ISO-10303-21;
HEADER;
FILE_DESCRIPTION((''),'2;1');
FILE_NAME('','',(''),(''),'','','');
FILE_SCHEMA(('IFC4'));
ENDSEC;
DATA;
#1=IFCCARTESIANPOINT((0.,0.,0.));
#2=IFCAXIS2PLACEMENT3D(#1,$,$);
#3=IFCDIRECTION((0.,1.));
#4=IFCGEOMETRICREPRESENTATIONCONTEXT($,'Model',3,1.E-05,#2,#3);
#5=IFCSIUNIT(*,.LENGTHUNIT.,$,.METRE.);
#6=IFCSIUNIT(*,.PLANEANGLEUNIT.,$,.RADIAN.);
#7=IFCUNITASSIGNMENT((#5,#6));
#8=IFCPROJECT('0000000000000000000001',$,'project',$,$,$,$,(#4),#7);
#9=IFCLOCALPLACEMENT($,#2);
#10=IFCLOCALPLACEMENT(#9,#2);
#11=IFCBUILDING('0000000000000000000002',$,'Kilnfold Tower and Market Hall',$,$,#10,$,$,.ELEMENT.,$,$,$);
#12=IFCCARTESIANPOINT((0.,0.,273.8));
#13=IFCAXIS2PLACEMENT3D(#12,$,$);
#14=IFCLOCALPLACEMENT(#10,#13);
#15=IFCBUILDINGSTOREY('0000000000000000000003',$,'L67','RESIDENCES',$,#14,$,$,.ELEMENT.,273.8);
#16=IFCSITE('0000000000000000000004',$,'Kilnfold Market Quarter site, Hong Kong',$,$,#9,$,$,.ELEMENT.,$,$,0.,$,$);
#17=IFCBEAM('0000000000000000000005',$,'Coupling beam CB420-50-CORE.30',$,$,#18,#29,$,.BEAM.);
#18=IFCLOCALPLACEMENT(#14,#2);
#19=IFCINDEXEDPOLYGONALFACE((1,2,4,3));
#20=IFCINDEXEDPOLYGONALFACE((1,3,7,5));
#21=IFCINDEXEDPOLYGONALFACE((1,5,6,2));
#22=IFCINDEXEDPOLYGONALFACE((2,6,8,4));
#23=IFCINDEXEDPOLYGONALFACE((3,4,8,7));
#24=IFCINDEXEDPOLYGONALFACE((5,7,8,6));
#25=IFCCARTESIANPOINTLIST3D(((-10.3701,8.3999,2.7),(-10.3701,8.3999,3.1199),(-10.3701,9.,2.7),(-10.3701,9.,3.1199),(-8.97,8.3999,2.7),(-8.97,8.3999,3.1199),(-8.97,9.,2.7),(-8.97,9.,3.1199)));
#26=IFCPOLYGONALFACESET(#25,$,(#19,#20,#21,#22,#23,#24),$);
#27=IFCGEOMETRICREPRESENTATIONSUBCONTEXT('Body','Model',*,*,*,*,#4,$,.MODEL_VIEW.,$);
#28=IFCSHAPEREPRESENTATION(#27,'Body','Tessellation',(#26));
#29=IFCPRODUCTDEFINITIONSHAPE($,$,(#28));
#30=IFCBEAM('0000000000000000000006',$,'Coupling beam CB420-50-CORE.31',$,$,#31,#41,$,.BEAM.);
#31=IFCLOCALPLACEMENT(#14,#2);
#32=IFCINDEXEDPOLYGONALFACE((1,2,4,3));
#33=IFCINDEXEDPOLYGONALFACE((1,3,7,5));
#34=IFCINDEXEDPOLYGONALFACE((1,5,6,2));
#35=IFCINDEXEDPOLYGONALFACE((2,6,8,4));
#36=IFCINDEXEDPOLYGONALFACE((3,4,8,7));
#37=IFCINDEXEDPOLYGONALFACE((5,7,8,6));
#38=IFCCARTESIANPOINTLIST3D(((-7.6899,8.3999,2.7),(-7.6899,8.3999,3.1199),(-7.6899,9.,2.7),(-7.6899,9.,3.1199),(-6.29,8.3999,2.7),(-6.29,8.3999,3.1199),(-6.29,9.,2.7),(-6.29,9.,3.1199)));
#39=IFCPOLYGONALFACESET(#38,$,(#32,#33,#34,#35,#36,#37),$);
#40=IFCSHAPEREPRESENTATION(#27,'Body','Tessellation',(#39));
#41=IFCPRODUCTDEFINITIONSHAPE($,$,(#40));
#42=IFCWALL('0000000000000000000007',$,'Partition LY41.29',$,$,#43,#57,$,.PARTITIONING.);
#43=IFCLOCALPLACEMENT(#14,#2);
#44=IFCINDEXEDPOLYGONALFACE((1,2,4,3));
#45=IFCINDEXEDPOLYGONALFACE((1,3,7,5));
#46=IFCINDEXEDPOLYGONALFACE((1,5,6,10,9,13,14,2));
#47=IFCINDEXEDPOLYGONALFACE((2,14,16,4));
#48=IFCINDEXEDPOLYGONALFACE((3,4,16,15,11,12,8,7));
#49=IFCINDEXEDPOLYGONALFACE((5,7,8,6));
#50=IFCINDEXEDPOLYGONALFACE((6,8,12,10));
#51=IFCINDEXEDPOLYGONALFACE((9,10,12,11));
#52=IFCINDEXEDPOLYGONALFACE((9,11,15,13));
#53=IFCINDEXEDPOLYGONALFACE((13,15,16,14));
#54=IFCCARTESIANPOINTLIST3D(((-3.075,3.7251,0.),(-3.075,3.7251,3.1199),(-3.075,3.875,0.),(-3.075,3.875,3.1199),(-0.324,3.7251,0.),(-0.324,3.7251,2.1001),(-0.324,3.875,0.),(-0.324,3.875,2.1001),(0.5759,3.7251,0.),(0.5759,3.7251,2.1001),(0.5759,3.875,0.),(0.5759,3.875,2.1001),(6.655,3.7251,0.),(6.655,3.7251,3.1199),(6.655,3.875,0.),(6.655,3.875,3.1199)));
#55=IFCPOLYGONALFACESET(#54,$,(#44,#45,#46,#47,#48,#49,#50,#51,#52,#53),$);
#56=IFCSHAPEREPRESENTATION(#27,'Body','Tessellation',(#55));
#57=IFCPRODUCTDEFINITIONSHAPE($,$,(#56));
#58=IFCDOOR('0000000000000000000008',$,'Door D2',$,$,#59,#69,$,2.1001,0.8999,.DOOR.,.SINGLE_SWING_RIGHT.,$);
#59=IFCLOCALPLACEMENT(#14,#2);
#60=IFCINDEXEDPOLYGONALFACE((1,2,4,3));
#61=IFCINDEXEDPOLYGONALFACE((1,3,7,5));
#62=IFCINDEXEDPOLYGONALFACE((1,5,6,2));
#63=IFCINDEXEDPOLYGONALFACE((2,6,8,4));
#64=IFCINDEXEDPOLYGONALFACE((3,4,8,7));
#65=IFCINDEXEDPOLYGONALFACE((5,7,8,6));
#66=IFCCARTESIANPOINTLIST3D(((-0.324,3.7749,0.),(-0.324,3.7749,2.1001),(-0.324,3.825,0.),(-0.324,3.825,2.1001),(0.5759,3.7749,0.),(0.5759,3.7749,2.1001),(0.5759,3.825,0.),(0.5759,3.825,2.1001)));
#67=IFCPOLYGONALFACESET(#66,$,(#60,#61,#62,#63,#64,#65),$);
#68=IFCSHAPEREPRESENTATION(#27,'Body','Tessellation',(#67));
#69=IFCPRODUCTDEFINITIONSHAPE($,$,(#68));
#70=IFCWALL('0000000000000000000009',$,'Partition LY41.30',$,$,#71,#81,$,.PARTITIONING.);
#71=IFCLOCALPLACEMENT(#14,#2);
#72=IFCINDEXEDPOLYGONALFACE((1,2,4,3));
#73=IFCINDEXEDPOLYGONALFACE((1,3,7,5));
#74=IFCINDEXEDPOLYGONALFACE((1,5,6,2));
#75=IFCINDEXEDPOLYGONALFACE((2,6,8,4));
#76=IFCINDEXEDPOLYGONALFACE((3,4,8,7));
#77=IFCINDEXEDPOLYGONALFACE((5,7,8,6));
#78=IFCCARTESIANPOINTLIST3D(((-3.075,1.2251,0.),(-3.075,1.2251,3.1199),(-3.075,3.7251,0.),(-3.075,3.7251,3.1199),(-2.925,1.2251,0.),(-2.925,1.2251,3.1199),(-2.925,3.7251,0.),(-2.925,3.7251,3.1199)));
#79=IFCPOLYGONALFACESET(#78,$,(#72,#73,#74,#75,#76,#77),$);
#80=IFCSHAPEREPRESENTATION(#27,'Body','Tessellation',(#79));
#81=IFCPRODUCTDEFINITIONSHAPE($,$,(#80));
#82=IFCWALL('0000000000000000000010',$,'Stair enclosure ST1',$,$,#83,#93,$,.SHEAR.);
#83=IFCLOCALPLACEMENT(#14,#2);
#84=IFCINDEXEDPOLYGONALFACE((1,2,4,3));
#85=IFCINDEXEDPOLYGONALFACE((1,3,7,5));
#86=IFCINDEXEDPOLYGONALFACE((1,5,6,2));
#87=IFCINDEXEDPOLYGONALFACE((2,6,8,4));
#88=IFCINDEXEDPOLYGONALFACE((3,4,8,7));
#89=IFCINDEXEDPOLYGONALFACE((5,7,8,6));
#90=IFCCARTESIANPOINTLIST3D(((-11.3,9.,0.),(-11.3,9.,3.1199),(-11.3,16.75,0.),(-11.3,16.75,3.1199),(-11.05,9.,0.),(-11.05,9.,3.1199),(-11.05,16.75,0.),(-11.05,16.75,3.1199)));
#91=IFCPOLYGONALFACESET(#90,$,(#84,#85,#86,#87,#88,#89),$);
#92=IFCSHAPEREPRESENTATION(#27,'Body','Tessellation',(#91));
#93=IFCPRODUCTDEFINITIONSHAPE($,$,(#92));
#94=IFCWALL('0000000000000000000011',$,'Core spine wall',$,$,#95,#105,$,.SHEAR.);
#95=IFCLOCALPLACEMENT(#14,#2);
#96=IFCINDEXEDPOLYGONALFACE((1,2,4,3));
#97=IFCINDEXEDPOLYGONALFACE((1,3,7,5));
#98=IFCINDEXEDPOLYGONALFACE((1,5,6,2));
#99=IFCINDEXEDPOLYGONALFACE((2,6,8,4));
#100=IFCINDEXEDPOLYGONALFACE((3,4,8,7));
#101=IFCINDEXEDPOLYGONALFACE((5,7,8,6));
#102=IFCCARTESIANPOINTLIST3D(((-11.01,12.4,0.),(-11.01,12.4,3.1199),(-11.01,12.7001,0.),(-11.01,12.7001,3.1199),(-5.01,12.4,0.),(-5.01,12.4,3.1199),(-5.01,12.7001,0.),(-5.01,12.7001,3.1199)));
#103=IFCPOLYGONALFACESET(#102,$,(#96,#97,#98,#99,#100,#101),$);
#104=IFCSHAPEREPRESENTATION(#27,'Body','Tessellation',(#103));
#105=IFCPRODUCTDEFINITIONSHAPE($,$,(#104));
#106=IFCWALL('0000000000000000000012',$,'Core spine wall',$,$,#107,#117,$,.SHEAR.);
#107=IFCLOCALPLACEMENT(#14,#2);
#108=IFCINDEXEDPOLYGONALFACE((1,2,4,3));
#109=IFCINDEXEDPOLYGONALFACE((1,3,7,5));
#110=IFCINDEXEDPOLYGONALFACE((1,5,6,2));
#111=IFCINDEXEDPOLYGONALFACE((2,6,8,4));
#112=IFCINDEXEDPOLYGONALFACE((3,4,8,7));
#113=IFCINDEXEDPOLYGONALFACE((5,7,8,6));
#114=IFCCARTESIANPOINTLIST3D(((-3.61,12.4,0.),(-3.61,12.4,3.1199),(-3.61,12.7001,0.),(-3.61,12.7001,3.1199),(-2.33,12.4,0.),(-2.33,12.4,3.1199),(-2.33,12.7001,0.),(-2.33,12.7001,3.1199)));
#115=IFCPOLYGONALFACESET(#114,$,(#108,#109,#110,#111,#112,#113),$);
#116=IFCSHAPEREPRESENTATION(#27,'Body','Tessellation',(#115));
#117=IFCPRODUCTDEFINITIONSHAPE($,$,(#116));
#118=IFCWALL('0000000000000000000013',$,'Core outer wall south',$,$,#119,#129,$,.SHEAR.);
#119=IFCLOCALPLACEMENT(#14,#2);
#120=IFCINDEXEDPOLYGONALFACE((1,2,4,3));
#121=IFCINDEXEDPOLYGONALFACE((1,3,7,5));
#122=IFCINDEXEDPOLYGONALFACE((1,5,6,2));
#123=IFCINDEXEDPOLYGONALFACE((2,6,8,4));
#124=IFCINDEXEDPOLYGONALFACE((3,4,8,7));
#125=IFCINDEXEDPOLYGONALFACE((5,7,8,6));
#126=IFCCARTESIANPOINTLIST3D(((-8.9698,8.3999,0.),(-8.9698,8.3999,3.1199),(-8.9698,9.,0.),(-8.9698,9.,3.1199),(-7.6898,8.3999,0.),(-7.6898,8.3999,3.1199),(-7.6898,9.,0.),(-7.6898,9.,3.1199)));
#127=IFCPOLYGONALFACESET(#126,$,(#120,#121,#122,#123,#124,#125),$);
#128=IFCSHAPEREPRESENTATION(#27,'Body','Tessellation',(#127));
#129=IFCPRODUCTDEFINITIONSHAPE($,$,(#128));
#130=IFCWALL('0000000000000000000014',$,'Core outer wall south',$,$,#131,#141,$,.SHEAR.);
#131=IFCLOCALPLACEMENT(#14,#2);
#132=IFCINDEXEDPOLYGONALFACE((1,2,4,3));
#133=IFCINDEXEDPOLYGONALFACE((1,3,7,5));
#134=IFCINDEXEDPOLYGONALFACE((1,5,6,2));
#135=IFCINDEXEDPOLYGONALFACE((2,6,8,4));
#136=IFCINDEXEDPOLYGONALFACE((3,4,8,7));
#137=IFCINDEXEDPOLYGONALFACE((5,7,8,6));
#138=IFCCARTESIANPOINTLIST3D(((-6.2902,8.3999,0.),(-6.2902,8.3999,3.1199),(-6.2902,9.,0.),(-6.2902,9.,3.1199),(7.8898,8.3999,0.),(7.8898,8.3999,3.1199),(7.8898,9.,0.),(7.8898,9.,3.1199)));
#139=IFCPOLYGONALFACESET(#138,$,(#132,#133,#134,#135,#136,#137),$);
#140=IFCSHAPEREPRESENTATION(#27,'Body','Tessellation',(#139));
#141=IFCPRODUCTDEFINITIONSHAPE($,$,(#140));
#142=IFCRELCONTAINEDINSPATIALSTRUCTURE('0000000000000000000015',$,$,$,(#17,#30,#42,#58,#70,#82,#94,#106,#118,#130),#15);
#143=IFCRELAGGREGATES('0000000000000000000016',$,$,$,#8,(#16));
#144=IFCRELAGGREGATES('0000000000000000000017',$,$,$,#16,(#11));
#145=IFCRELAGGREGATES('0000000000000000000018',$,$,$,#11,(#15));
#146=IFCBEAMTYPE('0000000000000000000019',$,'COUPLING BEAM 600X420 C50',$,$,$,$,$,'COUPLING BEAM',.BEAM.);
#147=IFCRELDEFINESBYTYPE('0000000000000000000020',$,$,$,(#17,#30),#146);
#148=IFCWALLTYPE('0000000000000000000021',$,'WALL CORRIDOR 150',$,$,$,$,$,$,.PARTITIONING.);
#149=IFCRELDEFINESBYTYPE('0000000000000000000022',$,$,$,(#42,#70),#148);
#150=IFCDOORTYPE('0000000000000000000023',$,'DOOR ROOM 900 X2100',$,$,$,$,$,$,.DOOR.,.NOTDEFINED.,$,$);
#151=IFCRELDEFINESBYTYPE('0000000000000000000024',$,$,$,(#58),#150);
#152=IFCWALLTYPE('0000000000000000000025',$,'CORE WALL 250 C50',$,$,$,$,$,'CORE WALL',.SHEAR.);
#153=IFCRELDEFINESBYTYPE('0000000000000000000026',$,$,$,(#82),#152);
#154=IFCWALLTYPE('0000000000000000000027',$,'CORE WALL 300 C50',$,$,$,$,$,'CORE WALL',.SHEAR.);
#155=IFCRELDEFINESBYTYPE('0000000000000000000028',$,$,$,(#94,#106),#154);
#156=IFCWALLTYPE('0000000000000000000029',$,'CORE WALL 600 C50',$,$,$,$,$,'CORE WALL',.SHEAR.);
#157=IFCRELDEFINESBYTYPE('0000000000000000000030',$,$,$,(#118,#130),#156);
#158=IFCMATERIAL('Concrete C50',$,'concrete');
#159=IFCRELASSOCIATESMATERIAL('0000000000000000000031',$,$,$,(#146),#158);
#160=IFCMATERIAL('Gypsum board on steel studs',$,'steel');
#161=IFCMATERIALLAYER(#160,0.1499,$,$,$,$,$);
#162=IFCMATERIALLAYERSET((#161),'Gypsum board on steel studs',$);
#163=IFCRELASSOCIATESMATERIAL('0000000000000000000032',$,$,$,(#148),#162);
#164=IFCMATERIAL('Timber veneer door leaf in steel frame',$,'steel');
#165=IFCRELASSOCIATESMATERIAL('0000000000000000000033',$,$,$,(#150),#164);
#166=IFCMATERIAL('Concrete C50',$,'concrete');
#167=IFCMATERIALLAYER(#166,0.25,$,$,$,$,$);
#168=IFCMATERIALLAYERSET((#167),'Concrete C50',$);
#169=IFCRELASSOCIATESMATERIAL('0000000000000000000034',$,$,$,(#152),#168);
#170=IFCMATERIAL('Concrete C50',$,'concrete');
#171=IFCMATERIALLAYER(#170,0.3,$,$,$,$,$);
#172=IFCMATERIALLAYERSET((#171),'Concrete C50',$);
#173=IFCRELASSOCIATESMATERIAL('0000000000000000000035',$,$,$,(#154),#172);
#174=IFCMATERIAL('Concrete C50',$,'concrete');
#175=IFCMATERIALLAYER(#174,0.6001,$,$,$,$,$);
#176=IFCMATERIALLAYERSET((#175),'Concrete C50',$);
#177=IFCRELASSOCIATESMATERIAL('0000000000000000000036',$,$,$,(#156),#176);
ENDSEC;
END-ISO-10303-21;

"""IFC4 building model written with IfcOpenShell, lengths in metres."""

from ifc_helpers import new_model, si_unit, direction, frame, frame_2d, origin, origin_2d, place, context, subcontext, project, spatial, rectangle, extrude, source, transform, mapped, material, layer, layer_set, material_profile, profile_set, type_object, element, fill, save


model = new_model("IFC4")

# Units and contexts
model_context = context("Model", 3, precision=1e-05, world=origin(), true_north=direction((0.0, 1.0)))
body_context = subcontext(model_context, "Body", "Model", "MODEL_VIEW")
ifc_project = project(units=[si_unit("LENGTHUNIT", "METRE"), si_unit("PLANEANGLEUNIT", "RADIAN")], contexts=[model_context])

# Site, building, storey
site_placement = place(None, origin())
site = spatial("IfcSite", under=ifc_project, at=site_placement, Name="Kilnfold Market Quarter site, Hong Kong", CompositionType="ELEMENT", RefElevation=0.0)
building_placement = place(site_placement, origin())
building = spatial("IfcBuilding", under=site, at=building_placement, Name="Kilnfold Tower and Market Hall", CompositionType="ELEMENT")
storey_placement = place(building_placement, frame((0.0, 0.0, 273.8)))
storey = spatial("IfcBuildingStorey", under=building, at=storey_placement, Name="L67", Description="RESIDENCES", CompositionType="ELEMENT", Elevation=273.8)

# Beams
ifc_material_1 = material(Name="Concrete C50", Category="concrete")
ifc_material_profile = material_profile(ifc_material_1, rectangle(XDim=0.6001, YDim=0.4199, at=origin_2d()), Name="RC 600x420")
ifc_profile_set = profile_set([ifc_material_profile], Name="Concrete C50")
beam_type = type_object("IfcBeamType", Name="COUPLING BEAM 600X420 C50", ElementType="COUPLING BEAM", PredefinedType="BEAM", material=ifc_profile_set)
shared_shape_1 = source(origin(), body_context, "Body", "SweptSolid", [
    extrude(rectangle(XDim=0.6001, YDim=0.4199, at=origin_2d()), origin(), (0.0, 0.0, 1.0), 1.4001),
])
beam_1_placement = place(storey_placement, frame((-10.3701, 8.7, 2.9099), z_axis=(1.0, 0.0, 0.0), x_axis=(0.0, 1.0, 0.0)))
element("IfcBeam", 1, at=beam_1_placement, inside=storey, type_object=beam_type, Name="Coupling beam CB420-50-CORE.30", PredefinedType="BEAM", context=body_context, shape_type="MappedRepresentation", body=[
    mapped(shared_shape_1, transform((0.0, 0.0, 0.0))),
])
shared_shape_2 = source(origin(), body_context, "Body", "SweptSolid", [
    extrude(rectangle(XDim=0.6001, YDim=0.4199, at=origin_2d()), origin(), (0.0, 0.0, 1.0), 1.3999),
])
beam_2_placement = place(storey_placement, frame((-7.6899, 8.7, 2.9099), z_axis=(1.0, 0.0, 0.0), x_axis=(0.0, 1.0, 0.0)))
element("IfcBeam", 2, at=beam_2_placement, inside=storey, type_object=beam_type, Name="Coupling beam CB420-50-CORE.31", PredefinedType="BEAM", context=body_context, shape_type="MappedRepresentation", body=[
    mapped(shared_shape_2, transform((0.0, 0.0, 0.0))),
])

# Wall, opening, door
ifc_material_2 = material(Name="Gypsum board on steel studs", Category="steel")
ifc_layer_1 = layer(ifc_material_2, 0.1499)
ifc_layer_set_1 = layer_set([ifc_layer_1], Name="Gypsum board on steel studs")
wall_type_1 = type_object("IfcWallType", Name="WALL CORRIDOR 150", PredefinedType="PARTITIONING", material=ifc_layer_set_1)
wall_1_placement = place(storey_placement, frame((-3.075, 3.8, 0.0), z_axis=(0.0, 0.0, 1.0), x_axis=(1.0, 0.0, 0.0)))
wall_1 = element("IfcWall", 3, at=wall_1_placement, inside=storey, type_object=wall_type_1, Name="Partition LY41.29", PredefinedType="PARTITIONING", context=body_context, shape_type="SweptSolid", body=[
    extrude(rectangle(XDim=9.73, YDim=0.1499, at=frame_2d((4.865, 0.0))), origin(), (0.0, 0.0, 1.0), 3.1199),
])
opening_1_placement = place(wall_1_placement, frame((2.751, 0.0, 0.0)))
opening_1 = element("IfcOpeningElement", 4, at=opening_1_placement, cuts=wall_1, PredefinedType="OPENING", context=body_context, shape_type="SweptSolid", body=[
    extrude(rectangle(XDim=0.8999, YDim=2.1001, at=frame_2d((0.45, 1.05))), frame((0.0, 0.085, 0.0), z_axis=(0.0, -1.0, 0.0), x_axis=(1.0, 0.0, 0.0)), (0.0, 0.0, 1.0), 0.1699),
])
ifc_material_3 = material(Name="Timber veneer door leaf in steel frame", Category="steel")
door_type_1 = type_object("IfcDoorType", Name="DOOR ROOM 900 X2100", OperationType="NOTDEFINED", PredefinedType="DOOR", material=ifc_material_3)
door_1_placement = place(opening_1_placement, origin())
door_1 = element("IfcDoor", 5, at=door_1_placement, inside=storey, type_object=door_type_1, Name="Door D2", OperationType="SINGLE_SWING_RIGHT", OverallHeight=2.1001, OverallWidth=0.8999, PredefinedType="DOOR", context=body_context, shape_type="SweptSolid", body=[
    extrude(rectangle(XDim=0.8999, YDim=2.1001, at=frame_2d((0.45, 1.05))), frame((0.0, 0.0249, 0.0), z_axis=(0.0, -1.0, 0.0), x_axis=(1.0, 0.0, 0.0)), (0.0, 0.0, 1.0), 0.05),
])
fill(opening_1, door_1)

# Walls
wall_2_placement = place(storey_placement, frame((-3.0, 1.2251, 0.0), z_axis=(0.0, 0.0, 1.0), x_axis=(0.0, 1.0, 0.0)))
element("IfcWall", 6, at=wall_2_placement, inside=storey, type_object=wall_type_1, Name="Partition LY41.30", PredefinedType="PARTITIONING", context=body_context, shape_type="SweptSolid", body=[
    extrude(rectangle(XDim=2.5, YDim=0.1499, at=frame_2d((1.25, 0.0))), origin(), (0.0, 0.0, 1.0), 3.1199),
])
ifc_material_4 = material(Name="Concrete C50", Category="concrete")
ifc_layer_2 = layer(ifc_material_4, 0.25)
ifc_layer_set_2 = layer_set([ifc_layer_2], Name="Concrete C50")
wall_type_2 = type_object("IfcWallType", Name="CORE WALL 250 C50", ElementType="CORE WALL", PredefinedType="SHEAR", material=ifc_layer_set_2)
shared_shape_3 = source(origin(), body_context, "Body", "SweptSolid", [
    extrude(rectangle(XDim=7.75, YDim=0.25, at=frame_2d((3.875, 0.0))), origin(), (0.0, 0.0, 1.0), 3.1199),
])
wall_3_placement = place(storey_placement, frame((-11.175, 9.0, 0.0), z_axis=(0.0, 0.0, 1.0), x_axis=(0.0, 1.0, 0.0)))
element("IfcWall", 7, at=wall_3_placement, inside=storey, type_object=wall_type_2, Name="Stair enclosure ST1", PredefinedType="SHEAR", context=body_context, shape_type="MappedRepresentation", body=[
    mapped(shared_shape_3, transform((0.0, 0.0, 0.0))),
])
ifc_material_5 = material(Name="Concrete C50", Category="concrete")
ifc_layer_3 = layer(ifc_material_5, 0.3)
ifc_layer_set_3 = layer_set([ifc_layer_3], Name="Concrete C50")
wall_type_3 = type_object("IfcWallType", Name="CORE WALL 300 C50", ElementType="CORE WALL", PredefinedType="SHEAR", material=ifc_layer_set_3)
shared_shape_4 = source(origin(), body_context, "Body", "SweptSolid", [
    extrude(rectangle(XDim=6.0, YDim=0.3, at=frame_2d((3.0, 0.0))), origin(), (0.0, 0.0, 1.0), 3.1199),
])
wall_4_placement = place(storey_placement, frame((-11.01, 12.55, 0.0), z_axis=(0.0, 0.0, 1.0), x_axis=(1.0, 0.0, 0.0)))
element("IfcWall", 8, at=wall_4_placement, inside=storey, type_object=wall_type_3, Name="Core spine wall", PredefinedType="SHEAR", context=body_context, shape_type="MappedRepresentation", body=[
    mapped(shared_shape_4, transform((0.0, 0.0, 0.0))),
])
shared_shape_5 = source(origin(), body_context, "Body", "SweptSolid", [
    extrude(rectangle(XDim=1.28, YDim=0.3, at=frame_2d((0.6401, 0.0))), origin(), (0.0, 0.0, 1.0), 3.1199),
])
wall_5_placement = place(storey_placement, frame((-3.6101, 12.55, 0.0), z_axis=(0.0, 0.0, 1.0), x_axis=(1.0, 0.0, 0.0)))
element("IfcWall", 9, at=wall_5_placement, inside=storey, type_object=wall_type_3, Name="Core spine wall", PredefinedType="SHEAR", context=body_context, shape_type="MappedRepresentation", body=[
    mapped(shared_shape_5, transform((0.0, 0.0, 0.0))),
])
ifc_material_6 = material(Name="Concrete C50", Category="concrete")
ifc_layer_4 = layer(ifc_material_6, 0.6001)
ifc_layer_set_4 = layer_set([ifc_layer_4], Name="Concrete C50")
wall_type_4 = type_object("IfcWallType", Name="CORE WALL 600 C50", ElementType="CORE WALL", PredefinedType="SHEAR", material=ifc_layer_set_4)
shared_shape_6 = source(origin(), body_context, "Body", "SweptSolid", [
    extrude(rectangle(XDim=1.28, YDim=0.6001, at=frame_2d((0.6401, 0.0))), origin(), (0.0, 0.0, 1.0), 3.1199),
])
wall_6_placement = place(storey_placement, frame((-8.97, 8.7, 0.0), z_axis=(0.0, 0.0, 1.0), x_axis=(1.0, 0.0, 0.0)))
element("IfcWall", 10, at=wall_6_placement, inside=storey, type_object=wall_type_4, Name="Core outer wall south", PredefinedType="SHEAR", context=body_context, shape_type="MappedRepresentation", body=[
    mapped(shared_shape_6, transform((0.0, 0.0, 0.0))),
])
shared_shape_7 = source(origin(), body_context, "Body", "SweptSolid", [
    extrude(rectangle(XDim=14.1799, YDim=0.6001, at=frame_2d((7.0898, 0.0))), origin(), (0.0, 0.0, 1.0), 3.1199),
])
wall_7_placement = place(storey_placement, frame((-6.29, 8.7, 0.0), z_axis=(0.0, 0.0, 1.0), x_axis=(1.0, 0.0, 0.0)))
element("IfcWall", 11, at=wall_7_placement, inside=storey, type_object=wall_type_4, Name="Core outer wall south", PredefinedType="SHEAR", context=body_context, shape_type="MappedRepresentation", body=[
    mapped(shared_shape_7, transform((0.0, 0.0, 0.0))),
])

save(model, "model.ifc")
